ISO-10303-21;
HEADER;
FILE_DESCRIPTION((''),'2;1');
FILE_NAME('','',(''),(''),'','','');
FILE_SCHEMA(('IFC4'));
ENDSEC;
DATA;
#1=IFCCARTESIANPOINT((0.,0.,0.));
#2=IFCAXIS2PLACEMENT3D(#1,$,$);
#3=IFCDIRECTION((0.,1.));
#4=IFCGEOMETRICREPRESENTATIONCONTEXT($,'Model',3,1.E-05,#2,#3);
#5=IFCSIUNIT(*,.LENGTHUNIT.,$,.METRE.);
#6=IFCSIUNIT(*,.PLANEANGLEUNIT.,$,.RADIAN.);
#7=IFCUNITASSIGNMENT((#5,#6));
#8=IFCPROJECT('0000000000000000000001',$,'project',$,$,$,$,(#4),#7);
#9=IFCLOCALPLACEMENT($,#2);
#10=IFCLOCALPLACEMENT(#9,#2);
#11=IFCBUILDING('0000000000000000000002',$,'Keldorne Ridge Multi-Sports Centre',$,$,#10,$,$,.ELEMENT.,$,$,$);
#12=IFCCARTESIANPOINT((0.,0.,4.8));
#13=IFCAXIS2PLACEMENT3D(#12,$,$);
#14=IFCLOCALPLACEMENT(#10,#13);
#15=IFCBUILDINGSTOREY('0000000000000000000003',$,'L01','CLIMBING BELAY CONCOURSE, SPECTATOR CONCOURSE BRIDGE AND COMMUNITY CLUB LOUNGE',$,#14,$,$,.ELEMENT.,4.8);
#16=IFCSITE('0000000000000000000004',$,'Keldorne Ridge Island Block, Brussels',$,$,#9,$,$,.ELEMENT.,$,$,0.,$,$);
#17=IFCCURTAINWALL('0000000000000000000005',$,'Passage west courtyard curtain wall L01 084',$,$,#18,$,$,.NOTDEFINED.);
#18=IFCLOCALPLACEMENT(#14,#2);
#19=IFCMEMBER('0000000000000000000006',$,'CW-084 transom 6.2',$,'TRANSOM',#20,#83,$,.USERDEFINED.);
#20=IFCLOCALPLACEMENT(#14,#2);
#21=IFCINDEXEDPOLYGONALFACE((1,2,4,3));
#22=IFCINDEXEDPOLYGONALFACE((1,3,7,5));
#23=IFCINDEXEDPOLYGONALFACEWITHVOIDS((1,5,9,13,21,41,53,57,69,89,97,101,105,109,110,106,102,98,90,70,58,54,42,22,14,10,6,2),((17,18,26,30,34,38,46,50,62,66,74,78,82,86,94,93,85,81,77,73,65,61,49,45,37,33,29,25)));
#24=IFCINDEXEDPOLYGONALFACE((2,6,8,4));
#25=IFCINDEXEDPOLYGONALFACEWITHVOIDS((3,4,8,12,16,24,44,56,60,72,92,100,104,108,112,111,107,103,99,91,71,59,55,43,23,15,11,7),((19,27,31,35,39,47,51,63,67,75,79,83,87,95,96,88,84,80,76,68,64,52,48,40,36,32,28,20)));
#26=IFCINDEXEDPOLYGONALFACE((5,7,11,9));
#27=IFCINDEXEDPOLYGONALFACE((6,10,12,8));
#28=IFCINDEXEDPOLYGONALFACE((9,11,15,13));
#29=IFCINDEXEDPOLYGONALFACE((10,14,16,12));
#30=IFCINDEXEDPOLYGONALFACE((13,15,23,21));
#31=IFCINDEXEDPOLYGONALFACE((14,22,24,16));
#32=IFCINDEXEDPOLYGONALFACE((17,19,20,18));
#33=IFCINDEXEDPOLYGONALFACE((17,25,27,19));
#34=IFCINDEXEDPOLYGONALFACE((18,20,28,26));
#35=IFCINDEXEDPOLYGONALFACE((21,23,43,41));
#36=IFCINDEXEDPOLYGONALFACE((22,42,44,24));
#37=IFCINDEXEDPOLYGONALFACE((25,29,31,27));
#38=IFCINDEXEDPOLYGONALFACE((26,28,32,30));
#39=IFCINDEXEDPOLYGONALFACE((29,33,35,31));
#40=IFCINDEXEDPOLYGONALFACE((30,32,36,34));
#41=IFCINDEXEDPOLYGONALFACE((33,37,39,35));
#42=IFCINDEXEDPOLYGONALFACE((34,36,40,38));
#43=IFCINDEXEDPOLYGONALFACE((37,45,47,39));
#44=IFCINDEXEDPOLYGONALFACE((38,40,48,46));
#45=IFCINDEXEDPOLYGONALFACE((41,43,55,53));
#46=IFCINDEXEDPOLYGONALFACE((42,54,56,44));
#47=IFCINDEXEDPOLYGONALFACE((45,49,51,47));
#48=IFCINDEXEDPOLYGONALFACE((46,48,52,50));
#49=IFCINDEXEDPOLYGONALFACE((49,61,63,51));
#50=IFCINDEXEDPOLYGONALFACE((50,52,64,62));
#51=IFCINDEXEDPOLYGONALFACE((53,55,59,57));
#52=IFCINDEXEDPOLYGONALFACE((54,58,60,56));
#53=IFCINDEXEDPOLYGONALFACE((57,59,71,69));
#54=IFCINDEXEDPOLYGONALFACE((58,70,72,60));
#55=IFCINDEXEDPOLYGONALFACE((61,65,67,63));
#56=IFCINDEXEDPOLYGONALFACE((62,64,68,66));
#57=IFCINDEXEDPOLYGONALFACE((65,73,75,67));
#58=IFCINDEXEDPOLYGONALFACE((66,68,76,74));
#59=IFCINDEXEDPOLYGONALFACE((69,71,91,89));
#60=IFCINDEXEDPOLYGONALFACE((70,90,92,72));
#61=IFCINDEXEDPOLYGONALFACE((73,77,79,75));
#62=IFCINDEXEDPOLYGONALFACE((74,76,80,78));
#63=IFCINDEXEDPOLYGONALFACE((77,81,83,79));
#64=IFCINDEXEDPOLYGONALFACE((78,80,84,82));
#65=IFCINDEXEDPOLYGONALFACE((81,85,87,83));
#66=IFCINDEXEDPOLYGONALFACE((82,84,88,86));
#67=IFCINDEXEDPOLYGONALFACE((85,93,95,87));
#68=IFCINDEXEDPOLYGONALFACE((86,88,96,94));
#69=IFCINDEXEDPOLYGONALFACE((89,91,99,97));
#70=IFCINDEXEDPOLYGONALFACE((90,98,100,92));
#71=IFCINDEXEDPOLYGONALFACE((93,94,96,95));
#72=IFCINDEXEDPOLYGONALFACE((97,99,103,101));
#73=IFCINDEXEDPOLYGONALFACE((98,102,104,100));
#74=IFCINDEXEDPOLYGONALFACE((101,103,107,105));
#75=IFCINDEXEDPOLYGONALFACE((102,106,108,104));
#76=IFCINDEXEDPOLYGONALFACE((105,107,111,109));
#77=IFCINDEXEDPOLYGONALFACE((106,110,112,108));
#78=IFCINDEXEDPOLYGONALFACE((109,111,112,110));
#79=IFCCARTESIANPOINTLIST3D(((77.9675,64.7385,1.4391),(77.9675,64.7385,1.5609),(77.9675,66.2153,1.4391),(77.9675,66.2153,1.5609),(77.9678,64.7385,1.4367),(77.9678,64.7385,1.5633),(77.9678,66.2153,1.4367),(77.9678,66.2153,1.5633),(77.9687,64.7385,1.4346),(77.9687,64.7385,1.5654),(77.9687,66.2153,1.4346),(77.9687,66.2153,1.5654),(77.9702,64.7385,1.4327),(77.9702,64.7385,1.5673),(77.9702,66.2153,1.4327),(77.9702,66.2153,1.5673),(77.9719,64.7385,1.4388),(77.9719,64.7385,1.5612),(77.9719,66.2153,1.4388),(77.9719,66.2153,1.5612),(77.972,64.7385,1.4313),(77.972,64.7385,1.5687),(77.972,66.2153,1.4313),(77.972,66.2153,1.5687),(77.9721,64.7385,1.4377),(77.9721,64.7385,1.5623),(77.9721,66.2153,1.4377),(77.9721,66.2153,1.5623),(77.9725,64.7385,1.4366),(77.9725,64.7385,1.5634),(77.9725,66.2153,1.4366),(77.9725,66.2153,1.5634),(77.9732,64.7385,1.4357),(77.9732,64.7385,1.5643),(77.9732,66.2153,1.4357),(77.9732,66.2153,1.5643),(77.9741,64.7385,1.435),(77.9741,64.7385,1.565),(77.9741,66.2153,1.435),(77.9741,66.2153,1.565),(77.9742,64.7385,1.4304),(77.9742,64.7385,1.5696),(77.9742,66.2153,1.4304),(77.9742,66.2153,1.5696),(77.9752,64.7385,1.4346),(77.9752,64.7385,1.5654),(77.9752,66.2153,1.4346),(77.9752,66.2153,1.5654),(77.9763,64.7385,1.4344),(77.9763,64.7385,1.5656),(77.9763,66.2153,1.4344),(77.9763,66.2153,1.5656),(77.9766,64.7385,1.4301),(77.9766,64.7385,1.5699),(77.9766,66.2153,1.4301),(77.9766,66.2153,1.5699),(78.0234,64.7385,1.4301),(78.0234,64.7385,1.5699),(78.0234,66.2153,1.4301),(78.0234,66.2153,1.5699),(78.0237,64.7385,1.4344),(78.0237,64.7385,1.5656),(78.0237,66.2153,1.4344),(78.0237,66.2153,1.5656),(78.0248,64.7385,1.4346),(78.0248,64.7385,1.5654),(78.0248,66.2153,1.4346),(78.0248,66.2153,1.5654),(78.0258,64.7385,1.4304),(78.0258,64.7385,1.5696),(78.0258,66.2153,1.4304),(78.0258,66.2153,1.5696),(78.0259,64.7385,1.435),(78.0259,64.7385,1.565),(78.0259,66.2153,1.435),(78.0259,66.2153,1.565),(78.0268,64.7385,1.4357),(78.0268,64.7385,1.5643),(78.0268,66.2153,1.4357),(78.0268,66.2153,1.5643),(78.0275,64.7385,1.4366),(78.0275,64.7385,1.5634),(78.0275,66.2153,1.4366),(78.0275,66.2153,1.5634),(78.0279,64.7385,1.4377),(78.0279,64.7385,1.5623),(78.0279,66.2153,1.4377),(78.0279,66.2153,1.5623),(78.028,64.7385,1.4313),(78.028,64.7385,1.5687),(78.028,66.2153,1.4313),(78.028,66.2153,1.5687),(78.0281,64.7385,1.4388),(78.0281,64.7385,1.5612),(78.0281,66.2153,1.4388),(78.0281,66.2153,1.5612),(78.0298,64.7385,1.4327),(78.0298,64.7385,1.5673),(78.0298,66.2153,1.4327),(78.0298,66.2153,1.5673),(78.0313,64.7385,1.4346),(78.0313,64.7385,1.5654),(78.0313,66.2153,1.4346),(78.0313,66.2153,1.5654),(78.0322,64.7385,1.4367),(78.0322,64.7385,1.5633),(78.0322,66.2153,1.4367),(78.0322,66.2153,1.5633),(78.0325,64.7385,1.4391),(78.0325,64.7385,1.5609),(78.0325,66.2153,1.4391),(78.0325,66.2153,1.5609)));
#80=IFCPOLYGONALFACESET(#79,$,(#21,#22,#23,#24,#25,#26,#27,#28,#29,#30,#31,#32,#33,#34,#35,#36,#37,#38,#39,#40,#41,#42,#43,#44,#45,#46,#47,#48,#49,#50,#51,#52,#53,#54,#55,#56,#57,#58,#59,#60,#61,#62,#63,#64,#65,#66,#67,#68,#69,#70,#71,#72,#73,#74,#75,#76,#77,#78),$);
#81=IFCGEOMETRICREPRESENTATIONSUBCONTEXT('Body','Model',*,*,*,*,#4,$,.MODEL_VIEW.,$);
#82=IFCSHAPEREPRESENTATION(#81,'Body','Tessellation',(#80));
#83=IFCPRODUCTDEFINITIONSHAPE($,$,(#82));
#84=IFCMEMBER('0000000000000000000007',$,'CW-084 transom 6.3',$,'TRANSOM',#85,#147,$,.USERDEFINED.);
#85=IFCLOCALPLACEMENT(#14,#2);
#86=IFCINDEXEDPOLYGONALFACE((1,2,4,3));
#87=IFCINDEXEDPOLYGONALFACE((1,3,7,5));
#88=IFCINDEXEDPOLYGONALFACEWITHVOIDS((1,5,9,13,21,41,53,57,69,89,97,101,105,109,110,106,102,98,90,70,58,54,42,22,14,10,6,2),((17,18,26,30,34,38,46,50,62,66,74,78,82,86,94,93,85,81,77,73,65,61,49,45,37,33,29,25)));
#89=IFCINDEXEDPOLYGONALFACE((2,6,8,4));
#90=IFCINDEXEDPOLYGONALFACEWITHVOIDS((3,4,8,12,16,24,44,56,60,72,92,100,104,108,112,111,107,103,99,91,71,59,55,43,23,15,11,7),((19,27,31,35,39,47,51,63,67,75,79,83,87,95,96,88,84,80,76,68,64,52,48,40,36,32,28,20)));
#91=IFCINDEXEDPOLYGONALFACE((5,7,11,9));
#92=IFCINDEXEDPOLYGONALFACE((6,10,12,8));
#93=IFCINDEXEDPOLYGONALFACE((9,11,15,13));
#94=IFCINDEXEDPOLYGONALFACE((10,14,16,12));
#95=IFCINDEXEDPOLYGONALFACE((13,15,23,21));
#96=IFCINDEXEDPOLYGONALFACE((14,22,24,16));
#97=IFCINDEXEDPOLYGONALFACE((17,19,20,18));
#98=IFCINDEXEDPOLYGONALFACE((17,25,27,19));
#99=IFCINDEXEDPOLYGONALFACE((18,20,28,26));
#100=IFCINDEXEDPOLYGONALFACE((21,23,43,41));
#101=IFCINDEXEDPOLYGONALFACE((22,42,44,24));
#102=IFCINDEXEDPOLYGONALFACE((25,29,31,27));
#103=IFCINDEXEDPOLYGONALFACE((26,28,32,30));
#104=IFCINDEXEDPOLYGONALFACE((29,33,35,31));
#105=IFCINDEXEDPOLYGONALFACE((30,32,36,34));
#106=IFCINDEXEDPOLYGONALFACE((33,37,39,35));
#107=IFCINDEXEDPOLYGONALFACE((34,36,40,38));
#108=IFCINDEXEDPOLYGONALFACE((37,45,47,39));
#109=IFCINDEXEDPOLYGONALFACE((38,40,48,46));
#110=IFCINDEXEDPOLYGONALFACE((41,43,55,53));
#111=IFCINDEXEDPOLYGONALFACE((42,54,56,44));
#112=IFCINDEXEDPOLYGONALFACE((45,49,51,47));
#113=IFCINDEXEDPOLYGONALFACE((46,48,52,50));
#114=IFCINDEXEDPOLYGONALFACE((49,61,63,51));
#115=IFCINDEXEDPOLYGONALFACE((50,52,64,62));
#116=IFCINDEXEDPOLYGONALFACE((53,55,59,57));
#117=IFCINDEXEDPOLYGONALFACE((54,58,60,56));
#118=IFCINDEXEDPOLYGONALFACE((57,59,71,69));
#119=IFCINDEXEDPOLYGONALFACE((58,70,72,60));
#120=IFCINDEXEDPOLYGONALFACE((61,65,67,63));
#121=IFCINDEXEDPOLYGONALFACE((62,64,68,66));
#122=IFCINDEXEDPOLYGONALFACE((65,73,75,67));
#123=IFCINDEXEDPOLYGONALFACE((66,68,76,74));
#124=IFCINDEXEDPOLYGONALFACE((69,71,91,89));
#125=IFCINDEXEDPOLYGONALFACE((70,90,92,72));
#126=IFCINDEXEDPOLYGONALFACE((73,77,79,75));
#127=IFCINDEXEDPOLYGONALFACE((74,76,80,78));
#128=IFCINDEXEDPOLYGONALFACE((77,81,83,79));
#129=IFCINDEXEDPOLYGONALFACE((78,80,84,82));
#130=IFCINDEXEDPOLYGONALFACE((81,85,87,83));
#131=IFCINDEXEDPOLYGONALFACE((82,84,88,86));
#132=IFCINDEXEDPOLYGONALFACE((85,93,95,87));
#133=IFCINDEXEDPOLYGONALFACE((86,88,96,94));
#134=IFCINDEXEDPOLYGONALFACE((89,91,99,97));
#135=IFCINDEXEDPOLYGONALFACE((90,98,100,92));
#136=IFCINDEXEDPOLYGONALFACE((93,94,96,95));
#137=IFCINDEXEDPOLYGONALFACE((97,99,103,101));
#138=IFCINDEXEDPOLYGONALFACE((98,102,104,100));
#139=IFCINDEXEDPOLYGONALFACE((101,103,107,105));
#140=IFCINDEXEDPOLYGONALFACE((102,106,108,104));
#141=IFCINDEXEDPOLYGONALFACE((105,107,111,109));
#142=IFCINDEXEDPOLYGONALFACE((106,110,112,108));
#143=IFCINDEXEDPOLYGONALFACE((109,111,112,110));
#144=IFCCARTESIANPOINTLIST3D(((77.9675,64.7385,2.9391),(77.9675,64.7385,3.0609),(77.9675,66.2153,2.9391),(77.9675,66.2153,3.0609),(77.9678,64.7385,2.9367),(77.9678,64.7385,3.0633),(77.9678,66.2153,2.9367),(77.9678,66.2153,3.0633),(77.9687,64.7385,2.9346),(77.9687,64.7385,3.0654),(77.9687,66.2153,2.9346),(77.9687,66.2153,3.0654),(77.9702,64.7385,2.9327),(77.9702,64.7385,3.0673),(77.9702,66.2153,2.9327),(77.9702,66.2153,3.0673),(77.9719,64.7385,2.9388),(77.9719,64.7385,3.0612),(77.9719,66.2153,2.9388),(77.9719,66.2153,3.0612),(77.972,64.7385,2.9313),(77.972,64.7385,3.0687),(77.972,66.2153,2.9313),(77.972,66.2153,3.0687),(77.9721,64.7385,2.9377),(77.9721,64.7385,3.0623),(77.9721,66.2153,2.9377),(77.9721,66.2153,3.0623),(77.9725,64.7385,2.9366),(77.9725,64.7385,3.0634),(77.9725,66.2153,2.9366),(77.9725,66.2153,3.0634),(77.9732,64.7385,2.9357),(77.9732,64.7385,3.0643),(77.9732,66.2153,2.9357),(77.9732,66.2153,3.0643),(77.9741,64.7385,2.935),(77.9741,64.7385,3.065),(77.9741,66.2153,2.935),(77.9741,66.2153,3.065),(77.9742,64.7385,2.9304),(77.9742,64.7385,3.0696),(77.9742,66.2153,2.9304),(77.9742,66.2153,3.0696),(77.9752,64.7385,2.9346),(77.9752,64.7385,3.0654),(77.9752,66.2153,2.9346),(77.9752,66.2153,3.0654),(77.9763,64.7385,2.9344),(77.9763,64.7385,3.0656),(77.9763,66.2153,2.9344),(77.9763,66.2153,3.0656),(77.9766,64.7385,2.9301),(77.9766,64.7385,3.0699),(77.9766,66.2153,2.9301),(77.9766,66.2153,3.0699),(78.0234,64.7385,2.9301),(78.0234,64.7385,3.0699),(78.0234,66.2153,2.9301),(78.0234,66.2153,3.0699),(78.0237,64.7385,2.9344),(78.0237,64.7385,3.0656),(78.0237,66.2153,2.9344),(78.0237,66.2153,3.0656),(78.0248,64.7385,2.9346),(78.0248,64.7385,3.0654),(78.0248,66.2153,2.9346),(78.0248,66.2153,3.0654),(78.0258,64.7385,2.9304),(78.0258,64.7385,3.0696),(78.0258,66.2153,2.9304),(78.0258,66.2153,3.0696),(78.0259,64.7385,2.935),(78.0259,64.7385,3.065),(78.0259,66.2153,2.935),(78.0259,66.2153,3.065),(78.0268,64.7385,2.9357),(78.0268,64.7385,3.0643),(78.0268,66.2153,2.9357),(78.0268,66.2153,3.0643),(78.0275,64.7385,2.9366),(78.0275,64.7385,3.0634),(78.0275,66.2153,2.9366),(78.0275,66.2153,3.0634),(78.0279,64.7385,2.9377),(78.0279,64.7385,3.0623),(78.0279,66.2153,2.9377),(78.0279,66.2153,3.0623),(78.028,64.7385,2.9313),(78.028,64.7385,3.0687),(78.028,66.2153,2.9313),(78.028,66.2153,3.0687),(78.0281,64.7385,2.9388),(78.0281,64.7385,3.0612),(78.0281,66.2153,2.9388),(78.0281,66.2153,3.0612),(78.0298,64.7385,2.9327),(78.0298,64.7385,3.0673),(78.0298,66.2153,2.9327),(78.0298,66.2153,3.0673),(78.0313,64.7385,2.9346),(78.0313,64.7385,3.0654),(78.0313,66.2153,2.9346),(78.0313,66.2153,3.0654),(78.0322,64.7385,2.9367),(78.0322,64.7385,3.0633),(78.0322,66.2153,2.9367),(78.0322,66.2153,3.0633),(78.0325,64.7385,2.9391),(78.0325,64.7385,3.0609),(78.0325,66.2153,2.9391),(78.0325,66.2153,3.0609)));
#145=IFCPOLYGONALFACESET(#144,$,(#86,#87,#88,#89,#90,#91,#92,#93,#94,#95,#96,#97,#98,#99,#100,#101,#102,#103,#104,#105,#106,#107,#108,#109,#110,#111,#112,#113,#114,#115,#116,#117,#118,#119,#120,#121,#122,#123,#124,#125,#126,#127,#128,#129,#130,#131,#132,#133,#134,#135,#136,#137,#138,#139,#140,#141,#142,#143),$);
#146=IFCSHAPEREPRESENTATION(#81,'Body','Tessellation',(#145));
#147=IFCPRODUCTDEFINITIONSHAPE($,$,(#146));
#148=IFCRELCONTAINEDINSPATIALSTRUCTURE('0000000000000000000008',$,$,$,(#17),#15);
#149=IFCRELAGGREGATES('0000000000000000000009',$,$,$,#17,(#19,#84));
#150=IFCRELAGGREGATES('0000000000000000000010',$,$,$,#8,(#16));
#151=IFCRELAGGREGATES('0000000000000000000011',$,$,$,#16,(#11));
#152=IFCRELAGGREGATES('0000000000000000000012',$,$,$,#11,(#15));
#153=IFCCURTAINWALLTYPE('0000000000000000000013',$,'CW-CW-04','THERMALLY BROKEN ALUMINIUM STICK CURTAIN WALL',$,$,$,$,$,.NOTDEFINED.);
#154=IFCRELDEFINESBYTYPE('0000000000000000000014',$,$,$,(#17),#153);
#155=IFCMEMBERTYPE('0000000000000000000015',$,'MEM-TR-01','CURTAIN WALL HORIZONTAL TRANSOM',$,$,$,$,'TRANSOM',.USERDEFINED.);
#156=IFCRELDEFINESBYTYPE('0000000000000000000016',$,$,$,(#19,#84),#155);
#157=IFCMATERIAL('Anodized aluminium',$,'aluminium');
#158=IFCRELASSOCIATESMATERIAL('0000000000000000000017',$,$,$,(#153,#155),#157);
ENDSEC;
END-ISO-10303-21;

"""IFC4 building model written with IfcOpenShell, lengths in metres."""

from ifc_helpers import new_model, si_unit, direction, frame, origin, origin_2d, place, context, subcontext, project, spatial, hollow_rectangle, extrude, material, material_profile, profile_set, type_object, element, aggregate, save


model = new_model("IFC4")

# Units and contexts
model_context = context("Model", 3, precision=1e-05, world=origin(), true_north=direction((0.0, 1.0)))
body_context = subcontext(model_context, "Body", "Model", "MODEL_VIEW")
ifc_project = project(units=[si_unit("LENGTHUNIT", "METRE"), si_unit("PLANEANGLEUNIT", "RADIAN")], contexts=[model_context])

# Site, building, storey
site_placement = place(None, origin())
site = spatial("IfcSite", under=ifc_project, at=site_placement, Name="Keldorne Ridge Island Block, Brussels", CompositionType="ELEMENT", RefElevation=0.0)
building_placement = place(site_placement, origin())
building = spatial("IfcBuilding", under=site, at=building_placement, Name="Keldorne Ridge Multi-Sports Centre", CompositionType="ELEMENT")
storey_placement = place(building_placement, frame((0.0, 0.0, 4.8)))
storey = spatial("IfcBuildingStorey", under=building, at=storey_placement, Name="L01", Description="CLIMBING BELAY CONCOURSE, SPECTATOR CONCOURSE BRIDGE AND COMMUNITY CLUB LOUNGE", CompositionType="ELEMENT", Elevation=4.8)

# Curtain wall, members
ifc_material_1 = material(Name="Anodized aluminium", Category="aluminium")
curtain_wall_type = type_object("IfcCurtainWallType", Name="CW-CW-04", Description="THERMALLY BROKEN ALUMINIUM STICK CURTAIN WALL", PredefinedType="NOTDEFINED", material=ifc_material_1)
curtain_wall_placement = place(storey_placement, origin())
curtain_wall = element("IfcCurtainWall", 1, at=curtain_wall_placement, inside=storey, type_object=curtain_wall_type, Name="Passage west courtyard curtain wall L01 084", PredefinedType="NOTDEFINED")
ifc_material_profile_1 = material_profile(ifc_material_1, hollow_rectangle(XDim=0.0649, YDim=0.1399, WallThickness=0.0044, InnerFilletRadius=0.0044, OuterFilletRadius=0.009, at=origin_2d()), Name="ALU TRANSOM 140x65x4.5")
ifc_profile_set_1 = profile_set([ifc_material_profile_1], Name="Anodized aluminium")
member_type_1 = type_object("IfcMemberType", Name="MEM-TR-01", Description="CURTAIN WALL HORIZONTAL TRANSOM", ElementType="TRANSOM", PredefinedType="USERDEFINED", material=ifc_profile_set_1)
member_1_placement = place(storey_placement, frame((78.0, 66.2153, 1.5), z_axis=(0.0, -1.0, 0.0), x_axis=(1.0, 0.0, 0.0)))
member_1 = element("IfcMember", 2, at=member_1_placement, type_object=member_type_1, Name="CW-084 transom 6.2", ObjectType="TRANSOM", PredefinedType="USERDEFINED", context=body_context, shape_type="SweptSolid", body=[
    extrude(hollow_rectangle(XDim=0.0649, YDim=0.1399, WallThickness=0.0044, InnerFilletRadius=0.0044, OuterFilletRadius=0.009, at=origin_2d()), origin(), (0.0, 0.0, 1.0), 1.4768),
])
member_2_placement = place(storey_placement, frame((78.0, 66.2153, 3.0), z_axis=(0.0, -1.0, 0.0), x_axis=(1.0, 0.0, 0.0)))
member_2 = element("IfcMember", 3, at=member_2_placement, type_object=member_type_1, Name="CW-084 transom 6.3", ObjectType="TRANSOM", PredefinedType="USERDEFINED", context=body_context, shape_type="SweptSolid", body=[
    extrude(hollow_rectangle(XDim=0.0649, YDim=0.1399, WallThickness=0.0044, InnerFilletRadius=0.0044, OuterFilletRadius=0.009, at=origin_2d()), origin(), (0.0, 0.0, 1.0), 1.4768),
])
aggregate(curtain_wall, [member_1, member_2])

save(model, "model.ifc")
